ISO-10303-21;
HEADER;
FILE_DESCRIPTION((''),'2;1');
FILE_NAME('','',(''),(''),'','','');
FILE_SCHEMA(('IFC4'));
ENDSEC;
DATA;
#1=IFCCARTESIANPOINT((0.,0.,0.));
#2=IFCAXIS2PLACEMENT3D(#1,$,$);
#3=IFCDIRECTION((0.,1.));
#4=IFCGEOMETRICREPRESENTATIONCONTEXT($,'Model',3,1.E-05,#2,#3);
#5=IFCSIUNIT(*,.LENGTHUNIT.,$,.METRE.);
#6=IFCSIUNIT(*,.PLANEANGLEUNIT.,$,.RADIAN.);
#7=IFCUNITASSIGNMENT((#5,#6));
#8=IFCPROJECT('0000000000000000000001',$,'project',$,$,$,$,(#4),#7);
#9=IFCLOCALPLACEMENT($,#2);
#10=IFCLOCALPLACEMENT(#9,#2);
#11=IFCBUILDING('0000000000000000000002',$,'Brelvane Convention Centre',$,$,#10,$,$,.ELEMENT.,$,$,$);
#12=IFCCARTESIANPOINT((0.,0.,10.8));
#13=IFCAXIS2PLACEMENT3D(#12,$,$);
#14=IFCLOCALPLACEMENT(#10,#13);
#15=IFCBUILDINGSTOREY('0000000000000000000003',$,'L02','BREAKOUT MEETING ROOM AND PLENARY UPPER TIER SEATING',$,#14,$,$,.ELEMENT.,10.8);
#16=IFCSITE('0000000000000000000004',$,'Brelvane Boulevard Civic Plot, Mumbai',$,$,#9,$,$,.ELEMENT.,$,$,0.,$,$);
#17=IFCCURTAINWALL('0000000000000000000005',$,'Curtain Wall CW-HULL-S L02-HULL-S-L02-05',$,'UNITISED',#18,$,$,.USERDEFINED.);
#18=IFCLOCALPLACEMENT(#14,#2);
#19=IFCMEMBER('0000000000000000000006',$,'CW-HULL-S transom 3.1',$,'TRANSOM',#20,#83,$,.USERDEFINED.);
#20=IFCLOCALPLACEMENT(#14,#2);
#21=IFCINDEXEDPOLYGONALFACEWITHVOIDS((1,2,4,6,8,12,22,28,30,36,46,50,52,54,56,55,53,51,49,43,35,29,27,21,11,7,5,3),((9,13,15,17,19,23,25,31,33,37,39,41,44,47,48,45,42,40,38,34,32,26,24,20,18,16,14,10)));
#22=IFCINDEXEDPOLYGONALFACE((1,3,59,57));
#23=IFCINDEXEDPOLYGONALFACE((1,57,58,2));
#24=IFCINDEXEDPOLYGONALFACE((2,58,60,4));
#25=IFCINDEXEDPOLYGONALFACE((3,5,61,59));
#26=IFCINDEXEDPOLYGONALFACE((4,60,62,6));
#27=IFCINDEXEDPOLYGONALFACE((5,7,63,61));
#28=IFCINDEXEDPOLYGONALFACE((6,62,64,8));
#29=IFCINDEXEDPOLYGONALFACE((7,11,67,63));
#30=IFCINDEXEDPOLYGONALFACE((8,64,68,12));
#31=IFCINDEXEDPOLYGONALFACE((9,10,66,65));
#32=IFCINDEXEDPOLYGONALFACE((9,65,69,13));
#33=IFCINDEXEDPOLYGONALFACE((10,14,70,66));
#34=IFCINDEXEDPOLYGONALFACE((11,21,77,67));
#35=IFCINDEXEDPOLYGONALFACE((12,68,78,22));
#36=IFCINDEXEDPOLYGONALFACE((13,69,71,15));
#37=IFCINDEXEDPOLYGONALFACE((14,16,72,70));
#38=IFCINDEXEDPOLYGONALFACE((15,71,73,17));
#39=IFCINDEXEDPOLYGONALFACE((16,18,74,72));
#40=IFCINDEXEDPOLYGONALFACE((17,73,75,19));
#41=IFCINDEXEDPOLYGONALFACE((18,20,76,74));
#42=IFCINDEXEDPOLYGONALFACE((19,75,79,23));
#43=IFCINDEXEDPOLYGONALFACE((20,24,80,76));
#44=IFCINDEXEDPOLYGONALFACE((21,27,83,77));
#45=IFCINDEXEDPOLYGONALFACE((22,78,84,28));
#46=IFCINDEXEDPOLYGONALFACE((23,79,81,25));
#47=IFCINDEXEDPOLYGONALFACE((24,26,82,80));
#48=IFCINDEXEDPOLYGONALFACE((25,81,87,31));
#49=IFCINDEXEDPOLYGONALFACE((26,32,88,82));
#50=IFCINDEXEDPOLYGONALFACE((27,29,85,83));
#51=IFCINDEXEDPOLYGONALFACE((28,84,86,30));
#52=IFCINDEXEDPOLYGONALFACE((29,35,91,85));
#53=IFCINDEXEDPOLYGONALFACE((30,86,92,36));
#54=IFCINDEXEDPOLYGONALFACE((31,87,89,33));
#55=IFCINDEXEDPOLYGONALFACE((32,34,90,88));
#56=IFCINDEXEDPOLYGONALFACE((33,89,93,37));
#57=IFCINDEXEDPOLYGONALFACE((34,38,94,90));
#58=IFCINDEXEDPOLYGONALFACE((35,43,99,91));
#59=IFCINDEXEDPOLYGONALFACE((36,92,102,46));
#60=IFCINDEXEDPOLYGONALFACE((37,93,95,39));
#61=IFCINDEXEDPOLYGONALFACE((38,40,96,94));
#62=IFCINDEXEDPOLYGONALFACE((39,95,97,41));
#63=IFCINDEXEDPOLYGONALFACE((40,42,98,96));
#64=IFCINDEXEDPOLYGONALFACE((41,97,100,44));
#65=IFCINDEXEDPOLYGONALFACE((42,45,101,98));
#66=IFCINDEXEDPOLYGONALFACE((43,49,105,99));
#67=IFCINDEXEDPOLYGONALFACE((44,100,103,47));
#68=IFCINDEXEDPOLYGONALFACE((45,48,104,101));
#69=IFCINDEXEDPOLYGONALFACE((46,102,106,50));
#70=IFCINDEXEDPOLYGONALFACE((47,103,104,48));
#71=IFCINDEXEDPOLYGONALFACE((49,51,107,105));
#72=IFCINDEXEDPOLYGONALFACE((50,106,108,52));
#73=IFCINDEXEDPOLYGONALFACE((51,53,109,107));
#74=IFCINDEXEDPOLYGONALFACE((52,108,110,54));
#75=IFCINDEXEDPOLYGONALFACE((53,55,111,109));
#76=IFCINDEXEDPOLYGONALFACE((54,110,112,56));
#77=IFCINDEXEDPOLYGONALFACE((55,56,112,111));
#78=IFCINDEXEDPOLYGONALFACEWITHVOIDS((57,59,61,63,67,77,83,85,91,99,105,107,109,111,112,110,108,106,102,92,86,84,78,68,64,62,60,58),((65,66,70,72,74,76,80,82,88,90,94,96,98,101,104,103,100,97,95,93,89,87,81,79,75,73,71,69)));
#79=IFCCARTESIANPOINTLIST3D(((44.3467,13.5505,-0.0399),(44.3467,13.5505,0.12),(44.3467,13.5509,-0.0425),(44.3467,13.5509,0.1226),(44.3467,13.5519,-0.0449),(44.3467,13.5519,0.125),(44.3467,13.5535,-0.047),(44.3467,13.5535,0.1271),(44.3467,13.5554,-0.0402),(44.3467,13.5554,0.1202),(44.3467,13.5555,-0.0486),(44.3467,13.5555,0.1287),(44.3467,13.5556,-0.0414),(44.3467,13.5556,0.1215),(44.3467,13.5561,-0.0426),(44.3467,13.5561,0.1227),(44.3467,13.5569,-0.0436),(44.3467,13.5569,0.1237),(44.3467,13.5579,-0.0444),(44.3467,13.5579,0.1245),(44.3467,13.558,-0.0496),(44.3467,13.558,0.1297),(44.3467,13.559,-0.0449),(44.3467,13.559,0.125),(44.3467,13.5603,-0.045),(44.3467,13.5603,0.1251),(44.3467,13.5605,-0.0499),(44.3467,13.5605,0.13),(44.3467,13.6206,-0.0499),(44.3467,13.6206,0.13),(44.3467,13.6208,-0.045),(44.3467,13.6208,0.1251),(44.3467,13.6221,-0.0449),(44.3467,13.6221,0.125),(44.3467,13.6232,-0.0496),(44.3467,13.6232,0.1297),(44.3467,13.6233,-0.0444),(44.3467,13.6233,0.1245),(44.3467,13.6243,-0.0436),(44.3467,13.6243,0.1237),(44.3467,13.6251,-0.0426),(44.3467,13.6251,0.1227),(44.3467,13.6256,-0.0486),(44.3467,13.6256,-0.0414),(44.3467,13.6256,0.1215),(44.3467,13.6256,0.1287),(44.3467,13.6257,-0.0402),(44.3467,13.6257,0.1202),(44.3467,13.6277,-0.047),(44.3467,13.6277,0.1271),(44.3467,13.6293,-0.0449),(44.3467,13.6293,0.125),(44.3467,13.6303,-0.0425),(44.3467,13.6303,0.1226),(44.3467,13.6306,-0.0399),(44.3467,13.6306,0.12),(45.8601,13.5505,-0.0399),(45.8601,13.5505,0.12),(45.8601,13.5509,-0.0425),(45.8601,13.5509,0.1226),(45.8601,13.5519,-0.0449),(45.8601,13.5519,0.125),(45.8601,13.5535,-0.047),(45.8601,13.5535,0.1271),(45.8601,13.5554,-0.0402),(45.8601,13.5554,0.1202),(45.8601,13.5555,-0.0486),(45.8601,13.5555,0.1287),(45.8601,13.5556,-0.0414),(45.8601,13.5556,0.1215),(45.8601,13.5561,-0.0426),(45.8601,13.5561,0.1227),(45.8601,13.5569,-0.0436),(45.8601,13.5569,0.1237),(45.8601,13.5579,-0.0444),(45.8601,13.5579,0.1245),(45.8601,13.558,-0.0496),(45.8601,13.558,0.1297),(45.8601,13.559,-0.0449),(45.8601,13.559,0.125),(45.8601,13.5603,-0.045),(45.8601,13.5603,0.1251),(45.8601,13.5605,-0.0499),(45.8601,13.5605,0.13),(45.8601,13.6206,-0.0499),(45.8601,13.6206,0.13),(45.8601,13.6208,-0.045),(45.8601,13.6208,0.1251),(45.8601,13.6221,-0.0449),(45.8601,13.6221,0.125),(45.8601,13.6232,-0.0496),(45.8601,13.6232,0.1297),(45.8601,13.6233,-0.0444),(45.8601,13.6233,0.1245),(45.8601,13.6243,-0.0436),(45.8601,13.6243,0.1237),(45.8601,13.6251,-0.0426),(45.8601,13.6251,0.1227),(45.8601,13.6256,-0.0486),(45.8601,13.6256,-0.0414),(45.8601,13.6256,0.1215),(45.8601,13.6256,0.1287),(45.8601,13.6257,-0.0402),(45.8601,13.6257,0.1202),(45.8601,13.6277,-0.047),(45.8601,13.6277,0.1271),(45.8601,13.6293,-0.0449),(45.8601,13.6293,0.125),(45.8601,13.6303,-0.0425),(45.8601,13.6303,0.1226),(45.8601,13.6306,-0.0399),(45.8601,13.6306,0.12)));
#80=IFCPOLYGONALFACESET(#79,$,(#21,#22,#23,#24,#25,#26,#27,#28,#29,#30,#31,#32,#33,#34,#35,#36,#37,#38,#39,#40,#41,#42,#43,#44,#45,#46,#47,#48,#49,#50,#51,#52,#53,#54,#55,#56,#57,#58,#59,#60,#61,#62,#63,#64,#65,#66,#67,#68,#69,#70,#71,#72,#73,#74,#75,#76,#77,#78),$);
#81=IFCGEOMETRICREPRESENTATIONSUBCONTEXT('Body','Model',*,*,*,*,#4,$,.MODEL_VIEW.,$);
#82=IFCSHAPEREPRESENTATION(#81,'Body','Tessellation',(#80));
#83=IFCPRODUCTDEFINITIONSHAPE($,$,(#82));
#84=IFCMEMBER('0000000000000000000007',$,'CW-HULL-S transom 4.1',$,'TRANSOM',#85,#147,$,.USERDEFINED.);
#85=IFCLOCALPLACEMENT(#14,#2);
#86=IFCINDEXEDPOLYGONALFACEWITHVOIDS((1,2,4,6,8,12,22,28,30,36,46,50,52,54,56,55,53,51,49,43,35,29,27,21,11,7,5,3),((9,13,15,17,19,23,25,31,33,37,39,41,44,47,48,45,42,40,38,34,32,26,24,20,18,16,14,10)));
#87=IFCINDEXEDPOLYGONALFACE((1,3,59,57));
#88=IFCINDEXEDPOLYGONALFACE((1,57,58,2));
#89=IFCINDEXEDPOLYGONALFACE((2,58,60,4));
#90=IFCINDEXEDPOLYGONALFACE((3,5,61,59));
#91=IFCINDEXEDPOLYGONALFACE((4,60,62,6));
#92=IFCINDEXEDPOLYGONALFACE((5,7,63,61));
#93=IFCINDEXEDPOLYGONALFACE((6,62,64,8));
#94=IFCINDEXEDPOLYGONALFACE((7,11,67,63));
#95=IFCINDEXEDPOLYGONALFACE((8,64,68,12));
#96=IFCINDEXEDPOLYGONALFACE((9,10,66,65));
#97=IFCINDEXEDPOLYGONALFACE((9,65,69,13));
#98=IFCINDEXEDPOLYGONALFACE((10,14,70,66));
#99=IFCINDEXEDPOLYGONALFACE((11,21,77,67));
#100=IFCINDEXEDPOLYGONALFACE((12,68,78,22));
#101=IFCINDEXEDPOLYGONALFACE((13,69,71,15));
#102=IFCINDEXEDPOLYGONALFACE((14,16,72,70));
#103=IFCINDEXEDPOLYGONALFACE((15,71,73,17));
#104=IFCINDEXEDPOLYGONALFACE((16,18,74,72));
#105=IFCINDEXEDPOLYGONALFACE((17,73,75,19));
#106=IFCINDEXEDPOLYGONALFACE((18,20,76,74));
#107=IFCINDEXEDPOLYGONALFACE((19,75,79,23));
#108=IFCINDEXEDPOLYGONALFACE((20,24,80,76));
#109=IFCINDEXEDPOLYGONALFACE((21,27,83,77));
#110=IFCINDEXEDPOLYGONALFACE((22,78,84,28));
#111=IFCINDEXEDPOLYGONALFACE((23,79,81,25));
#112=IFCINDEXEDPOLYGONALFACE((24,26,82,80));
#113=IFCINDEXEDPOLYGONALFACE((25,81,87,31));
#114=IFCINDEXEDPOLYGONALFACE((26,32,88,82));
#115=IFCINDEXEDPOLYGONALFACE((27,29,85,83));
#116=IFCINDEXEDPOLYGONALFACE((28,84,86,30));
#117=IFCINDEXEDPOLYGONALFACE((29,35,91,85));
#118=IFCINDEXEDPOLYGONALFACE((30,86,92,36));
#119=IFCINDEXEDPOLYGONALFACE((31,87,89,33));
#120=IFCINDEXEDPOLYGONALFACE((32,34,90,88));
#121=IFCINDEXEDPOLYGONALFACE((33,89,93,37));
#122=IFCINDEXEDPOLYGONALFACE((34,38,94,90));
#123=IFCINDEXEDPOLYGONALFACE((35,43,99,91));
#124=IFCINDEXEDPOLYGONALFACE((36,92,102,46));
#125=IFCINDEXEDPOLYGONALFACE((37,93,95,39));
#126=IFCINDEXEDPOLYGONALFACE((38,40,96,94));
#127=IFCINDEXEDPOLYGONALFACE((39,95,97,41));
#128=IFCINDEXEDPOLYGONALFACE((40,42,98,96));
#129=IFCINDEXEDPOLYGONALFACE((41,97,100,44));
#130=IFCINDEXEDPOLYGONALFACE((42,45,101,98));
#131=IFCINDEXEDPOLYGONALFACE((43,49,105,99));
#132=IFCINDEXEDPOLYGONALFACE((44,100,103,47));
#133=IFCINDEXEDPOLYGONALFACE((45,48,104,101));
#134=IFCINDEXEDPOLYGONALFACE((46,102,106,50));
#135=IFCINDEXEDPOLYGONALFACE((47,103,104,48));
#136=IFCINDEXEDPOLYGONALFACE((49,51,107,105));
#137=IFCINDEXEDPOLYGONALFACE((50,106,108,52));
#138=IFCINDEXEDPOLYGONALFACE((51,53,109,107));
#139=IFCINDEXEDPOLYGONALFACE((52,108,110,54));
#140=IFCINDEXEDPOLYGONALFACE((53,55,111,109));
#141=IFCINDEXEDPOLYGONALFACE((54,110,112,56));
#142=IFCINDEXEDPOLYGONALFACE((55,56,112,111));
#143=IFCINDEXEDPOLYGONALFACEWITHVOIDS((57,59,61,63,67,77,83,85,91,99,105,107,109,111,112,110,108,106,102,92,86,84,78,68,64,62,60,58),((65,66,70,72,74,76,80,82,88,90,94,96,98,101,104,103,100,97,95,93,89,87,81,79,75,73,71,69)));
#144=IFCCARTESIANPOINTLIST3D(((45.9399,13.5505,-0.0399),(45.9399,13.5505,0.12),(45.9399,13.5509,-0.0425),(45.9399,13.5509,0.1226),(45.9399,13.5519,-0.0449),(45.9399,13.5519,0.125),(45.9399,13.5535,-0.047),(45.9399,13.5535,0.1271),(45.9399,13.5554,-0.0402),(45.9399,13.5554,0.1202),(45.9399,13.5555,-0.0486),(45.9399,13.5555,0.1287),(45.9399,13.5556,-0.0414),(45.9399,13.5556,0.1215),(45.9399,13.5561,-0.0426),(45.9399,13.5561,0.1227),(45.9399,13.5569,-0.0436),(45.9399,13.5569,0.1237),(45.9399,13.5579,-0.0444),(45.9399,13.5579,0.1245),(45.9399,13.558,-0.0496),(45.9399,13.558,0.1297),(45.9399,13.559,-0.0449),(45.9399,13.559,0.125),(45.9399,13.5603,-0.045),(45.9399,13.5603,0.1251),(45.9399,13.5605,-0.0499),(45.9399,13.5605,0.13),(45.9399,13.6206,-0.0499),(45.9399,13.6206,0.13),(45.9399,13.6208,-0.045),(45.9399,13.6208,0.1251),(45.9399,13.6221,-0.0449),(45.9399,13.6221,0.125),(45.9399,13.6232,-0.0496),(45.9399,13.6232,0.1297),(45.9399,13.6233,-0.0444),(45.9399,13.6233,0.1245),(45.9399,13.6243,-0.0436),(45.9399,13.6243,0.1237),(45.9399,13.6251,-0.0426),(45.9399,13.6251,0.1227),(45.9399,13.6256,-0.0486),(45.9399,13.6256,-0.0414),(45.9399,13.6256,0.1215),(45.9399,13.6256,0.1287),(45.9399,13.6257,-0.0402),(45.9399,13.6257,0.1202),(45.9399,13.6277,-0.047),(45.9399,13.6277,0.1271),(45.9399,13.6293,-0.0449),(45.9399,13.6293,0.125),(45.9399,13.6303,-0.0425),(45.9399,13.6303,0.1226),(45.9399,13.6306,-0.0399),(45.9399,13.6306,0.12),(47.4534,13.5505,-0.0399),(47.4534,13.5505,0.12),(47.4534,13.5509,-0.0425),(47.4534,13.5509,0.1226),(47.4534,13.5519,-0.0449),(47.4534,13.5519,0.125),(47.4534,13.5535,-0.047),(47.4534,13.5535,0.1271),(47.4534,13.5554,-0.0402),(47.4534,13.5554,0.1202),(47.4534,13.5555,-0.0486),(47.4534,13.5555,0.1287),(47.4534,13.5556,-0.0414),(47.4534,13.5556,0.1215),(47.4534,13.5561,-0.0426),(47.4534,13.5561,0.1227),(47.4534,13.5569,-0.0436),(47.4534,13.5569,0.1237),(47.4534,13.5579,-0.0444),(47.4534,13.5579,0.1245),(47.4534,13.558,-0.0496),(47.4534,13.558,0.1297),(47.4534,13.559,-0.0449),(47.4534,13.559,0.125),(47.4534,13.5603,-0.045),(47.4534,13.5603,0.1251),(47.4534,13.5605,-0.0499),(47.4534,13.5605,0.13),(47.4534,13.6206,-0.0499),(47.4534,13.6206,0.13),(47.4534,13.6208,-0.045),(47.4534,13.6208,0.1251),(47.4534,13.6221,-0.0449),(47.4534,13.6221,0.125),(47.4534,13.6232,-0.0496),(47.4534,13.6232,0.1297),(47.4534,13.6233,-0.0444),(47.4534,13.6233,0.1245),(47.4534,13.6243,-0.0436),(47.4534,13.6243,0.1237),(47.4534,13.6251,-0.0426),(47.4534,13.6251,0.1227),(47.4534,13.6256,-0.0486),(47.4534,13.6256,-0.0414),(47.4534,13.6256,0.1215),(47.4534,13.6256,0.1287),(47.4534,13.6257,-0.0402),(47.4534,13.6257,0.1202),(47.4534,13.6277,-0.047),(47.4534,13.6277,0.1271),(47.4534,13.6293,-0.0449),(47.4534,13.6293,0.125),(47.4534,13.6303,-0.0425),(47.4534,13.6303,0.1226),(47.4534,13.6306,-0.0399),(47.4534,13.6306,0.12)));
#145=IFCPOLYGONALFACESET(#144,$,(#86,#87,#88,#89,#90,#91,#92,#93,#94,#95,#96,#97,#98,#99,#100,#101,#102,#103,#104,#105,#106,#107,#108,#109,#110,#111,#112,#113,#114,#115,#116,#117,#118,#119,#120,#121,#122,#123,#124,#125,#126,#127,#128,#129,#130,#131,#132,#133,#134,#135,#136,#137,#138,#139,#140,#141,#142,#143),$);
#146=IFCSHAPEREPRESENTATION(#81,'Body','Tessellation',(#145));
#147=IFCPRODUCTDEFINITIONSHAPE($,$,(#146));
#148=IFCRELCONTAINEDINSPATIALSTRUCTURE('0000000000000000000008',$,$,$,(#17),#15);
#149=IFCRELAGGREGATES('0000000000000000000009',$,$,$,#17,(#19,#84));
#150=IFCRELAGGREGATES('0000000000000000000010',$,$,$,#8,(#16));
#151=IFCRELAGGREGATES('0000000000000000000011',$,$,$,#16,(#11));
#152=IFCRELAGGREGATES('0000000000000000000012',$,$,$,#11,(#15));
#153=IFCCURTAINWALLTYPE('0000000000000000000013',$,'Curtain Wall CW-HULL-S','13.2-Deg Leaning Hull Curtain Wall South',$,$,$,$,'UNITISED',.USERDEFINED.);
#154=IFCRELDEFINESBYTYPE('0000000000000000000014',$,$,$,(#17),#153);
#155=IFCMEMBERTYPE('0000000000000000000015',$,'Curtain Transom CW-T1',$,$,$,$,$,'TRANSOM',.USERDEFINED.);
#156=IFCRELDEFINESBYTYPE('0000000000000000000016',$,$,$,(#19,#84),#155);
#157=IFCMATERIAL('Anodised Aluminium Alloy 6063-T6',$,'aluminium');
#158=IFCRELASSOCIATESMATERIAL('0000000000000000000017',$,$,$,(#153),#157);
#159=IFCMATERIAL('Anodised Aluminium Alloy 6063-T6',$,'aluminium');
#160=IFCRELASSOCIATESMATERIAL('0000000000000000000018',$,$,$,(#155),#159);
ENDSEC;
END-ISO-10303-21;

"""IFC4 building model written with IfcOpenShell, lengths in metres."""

from ifc_helpers import new_model, si_unit, direction, frame, origin, origin_2d, place, context, subcontext, project, spatial, hollow_rectangle, extrude, material, material_profile, profile_set, type_object, element, aggregate, save


model = new_model("IFC4")

# Units and contexts
model_context = context("Model", 3, precision=1e-05, world=origin(), true_north=direction((0.0, 1.0)))
body_context = subcontext(model_context, "Body", "Model", "MODEL_VIEW")
ifc_project = project(units=[si_unit("LENGTHUNIT", "METRE"), si_unit("PLANEANGLEUNIT", "RADIAN")], contexts=[model_context])

# Site, building, storey
site_placement = place(None, origin())
site = spatial("IfcSite", under=ifc_project, at=site_placement, Name="Brelvane Boulevard Civic Plot, Mumbai", CompositionType="ELEMENT", RefElevation=0.0)
building_placement = place(site_placement, origin())
building = spatial("IfcBuilding", under=site, at=building_placement, Name="Brelvane Convention Centre", CompositionType="ELEMENT")
storey_placement = place(building_placement, frame((0.0, 0.0, 10.8)))
storey = spatial("IfcBuildingStorey", under=building, at=storey_placement, Name="L02", Description="BREAKOUT MEETING ROOM AND PLENARY UPPER TIER SEATING", CompositionType="ELEMENT", Elevation=10.8)

# Curtain wall, members
ifc_material_1 = material(Name="Anodised Aluminium Alloy 6063-T6", Category="aluminium")
curtain_wall_type = type_object("IfcCurtainWallType", Name="Curtain Wall CW-HULL-S", Description="13.2-Deg Leaning Hull Curtain Wall South", ElementType="UNITISED", PredefinedType="USERDEFINED", material=ifc_material_1)
curtain_wall_placement = place(storey_placement, origin())
curtain_wall = element("IfcCurtainWall", 1, at=curtain_wall_placement, inside=storey, type_object=curtain_wall_type, Name="Curtain Wall CW-HULL-S L02-HULL-S-L02-05", ObjectType="UNITISED", PredefinedType="USERDEFINED")
ifc_material_2 = material(Name="Anodised Aluminium Alloy 6063-T6", Category="aluminium")
ifc_material_profile_1 = material_profile(ifc_material_2, hollow_rectangle(XDim=0.0801, YDim=0.1799, WallThickness=0.0049, InnerFilletRadius=0.0049, OuterFilletRadius=0.01, at=origin_2d()), Name="ALU-T 180x80x5.0")
ifc_profile_set_1 = profile_set([ifc_material_profile_1], Name="Anodised Aluminium Alloy 6063-T6")
member_type_1 = type_object("IfcMemberType", Name="Curtain Transom CW-T1", ElementType="TRANSOM", PredefinedType="USERDEFINED", material=ifc_profile_set_1)
member_1_placement = place(storey_placement, frame((44.3467, 13.5906, 0.04), z_axis=(1.0, 0.0, 0.0), x_axis=(0.0, 1.0, 0.0)))
member_1 = element("IfcMember", 2, at=member_1_placement, type_object=member_type_1, Name="CW-HULL-S transom 3.1", ObjectType="TRANSOM", PredefinedType="USERDEFINED", context=body_context, shape_type="SweptSolid", body=[
    extrude(hollow_rectangle(XDim=0.0801, YDim=0.1799, WallThickness=0.0049, InnerFilletRadius=0.0049, OuterFilletRadius=0.01, at=origin_2d()), origin(), (0.0, 0.0, 1.0), 1.5134),
])
member_2_placement = place(storey_placement, frame((45.9399, 13.5906, 0.04), z_axis=(1.0, 0.0, 0.0), x_axis=(0.0, 1.0, 0.0)))
member_2 = element("IfcMember", 3, at=member_2_placement, type_object=member_type_1, Name="CW-HULL-S transom 4.1", ObjectType="TRANSOM", PredefinedType="USERDEFINED", context=body_context, shape_type="SweptSolid", body=[
    extrude(hollow_rectangle(XDim=0.0801, YDim=0.1799, WallThickness=0.0049, InnerFilletRadius=0.0049, OuterFilletRadius=0.01, at=origin_2d()), origin(), (0.0, 0.0, 1.0), 1.5134),
])

aggregate(curtain_wall, [member_1, member_2])

save(model, "model.ifc")
